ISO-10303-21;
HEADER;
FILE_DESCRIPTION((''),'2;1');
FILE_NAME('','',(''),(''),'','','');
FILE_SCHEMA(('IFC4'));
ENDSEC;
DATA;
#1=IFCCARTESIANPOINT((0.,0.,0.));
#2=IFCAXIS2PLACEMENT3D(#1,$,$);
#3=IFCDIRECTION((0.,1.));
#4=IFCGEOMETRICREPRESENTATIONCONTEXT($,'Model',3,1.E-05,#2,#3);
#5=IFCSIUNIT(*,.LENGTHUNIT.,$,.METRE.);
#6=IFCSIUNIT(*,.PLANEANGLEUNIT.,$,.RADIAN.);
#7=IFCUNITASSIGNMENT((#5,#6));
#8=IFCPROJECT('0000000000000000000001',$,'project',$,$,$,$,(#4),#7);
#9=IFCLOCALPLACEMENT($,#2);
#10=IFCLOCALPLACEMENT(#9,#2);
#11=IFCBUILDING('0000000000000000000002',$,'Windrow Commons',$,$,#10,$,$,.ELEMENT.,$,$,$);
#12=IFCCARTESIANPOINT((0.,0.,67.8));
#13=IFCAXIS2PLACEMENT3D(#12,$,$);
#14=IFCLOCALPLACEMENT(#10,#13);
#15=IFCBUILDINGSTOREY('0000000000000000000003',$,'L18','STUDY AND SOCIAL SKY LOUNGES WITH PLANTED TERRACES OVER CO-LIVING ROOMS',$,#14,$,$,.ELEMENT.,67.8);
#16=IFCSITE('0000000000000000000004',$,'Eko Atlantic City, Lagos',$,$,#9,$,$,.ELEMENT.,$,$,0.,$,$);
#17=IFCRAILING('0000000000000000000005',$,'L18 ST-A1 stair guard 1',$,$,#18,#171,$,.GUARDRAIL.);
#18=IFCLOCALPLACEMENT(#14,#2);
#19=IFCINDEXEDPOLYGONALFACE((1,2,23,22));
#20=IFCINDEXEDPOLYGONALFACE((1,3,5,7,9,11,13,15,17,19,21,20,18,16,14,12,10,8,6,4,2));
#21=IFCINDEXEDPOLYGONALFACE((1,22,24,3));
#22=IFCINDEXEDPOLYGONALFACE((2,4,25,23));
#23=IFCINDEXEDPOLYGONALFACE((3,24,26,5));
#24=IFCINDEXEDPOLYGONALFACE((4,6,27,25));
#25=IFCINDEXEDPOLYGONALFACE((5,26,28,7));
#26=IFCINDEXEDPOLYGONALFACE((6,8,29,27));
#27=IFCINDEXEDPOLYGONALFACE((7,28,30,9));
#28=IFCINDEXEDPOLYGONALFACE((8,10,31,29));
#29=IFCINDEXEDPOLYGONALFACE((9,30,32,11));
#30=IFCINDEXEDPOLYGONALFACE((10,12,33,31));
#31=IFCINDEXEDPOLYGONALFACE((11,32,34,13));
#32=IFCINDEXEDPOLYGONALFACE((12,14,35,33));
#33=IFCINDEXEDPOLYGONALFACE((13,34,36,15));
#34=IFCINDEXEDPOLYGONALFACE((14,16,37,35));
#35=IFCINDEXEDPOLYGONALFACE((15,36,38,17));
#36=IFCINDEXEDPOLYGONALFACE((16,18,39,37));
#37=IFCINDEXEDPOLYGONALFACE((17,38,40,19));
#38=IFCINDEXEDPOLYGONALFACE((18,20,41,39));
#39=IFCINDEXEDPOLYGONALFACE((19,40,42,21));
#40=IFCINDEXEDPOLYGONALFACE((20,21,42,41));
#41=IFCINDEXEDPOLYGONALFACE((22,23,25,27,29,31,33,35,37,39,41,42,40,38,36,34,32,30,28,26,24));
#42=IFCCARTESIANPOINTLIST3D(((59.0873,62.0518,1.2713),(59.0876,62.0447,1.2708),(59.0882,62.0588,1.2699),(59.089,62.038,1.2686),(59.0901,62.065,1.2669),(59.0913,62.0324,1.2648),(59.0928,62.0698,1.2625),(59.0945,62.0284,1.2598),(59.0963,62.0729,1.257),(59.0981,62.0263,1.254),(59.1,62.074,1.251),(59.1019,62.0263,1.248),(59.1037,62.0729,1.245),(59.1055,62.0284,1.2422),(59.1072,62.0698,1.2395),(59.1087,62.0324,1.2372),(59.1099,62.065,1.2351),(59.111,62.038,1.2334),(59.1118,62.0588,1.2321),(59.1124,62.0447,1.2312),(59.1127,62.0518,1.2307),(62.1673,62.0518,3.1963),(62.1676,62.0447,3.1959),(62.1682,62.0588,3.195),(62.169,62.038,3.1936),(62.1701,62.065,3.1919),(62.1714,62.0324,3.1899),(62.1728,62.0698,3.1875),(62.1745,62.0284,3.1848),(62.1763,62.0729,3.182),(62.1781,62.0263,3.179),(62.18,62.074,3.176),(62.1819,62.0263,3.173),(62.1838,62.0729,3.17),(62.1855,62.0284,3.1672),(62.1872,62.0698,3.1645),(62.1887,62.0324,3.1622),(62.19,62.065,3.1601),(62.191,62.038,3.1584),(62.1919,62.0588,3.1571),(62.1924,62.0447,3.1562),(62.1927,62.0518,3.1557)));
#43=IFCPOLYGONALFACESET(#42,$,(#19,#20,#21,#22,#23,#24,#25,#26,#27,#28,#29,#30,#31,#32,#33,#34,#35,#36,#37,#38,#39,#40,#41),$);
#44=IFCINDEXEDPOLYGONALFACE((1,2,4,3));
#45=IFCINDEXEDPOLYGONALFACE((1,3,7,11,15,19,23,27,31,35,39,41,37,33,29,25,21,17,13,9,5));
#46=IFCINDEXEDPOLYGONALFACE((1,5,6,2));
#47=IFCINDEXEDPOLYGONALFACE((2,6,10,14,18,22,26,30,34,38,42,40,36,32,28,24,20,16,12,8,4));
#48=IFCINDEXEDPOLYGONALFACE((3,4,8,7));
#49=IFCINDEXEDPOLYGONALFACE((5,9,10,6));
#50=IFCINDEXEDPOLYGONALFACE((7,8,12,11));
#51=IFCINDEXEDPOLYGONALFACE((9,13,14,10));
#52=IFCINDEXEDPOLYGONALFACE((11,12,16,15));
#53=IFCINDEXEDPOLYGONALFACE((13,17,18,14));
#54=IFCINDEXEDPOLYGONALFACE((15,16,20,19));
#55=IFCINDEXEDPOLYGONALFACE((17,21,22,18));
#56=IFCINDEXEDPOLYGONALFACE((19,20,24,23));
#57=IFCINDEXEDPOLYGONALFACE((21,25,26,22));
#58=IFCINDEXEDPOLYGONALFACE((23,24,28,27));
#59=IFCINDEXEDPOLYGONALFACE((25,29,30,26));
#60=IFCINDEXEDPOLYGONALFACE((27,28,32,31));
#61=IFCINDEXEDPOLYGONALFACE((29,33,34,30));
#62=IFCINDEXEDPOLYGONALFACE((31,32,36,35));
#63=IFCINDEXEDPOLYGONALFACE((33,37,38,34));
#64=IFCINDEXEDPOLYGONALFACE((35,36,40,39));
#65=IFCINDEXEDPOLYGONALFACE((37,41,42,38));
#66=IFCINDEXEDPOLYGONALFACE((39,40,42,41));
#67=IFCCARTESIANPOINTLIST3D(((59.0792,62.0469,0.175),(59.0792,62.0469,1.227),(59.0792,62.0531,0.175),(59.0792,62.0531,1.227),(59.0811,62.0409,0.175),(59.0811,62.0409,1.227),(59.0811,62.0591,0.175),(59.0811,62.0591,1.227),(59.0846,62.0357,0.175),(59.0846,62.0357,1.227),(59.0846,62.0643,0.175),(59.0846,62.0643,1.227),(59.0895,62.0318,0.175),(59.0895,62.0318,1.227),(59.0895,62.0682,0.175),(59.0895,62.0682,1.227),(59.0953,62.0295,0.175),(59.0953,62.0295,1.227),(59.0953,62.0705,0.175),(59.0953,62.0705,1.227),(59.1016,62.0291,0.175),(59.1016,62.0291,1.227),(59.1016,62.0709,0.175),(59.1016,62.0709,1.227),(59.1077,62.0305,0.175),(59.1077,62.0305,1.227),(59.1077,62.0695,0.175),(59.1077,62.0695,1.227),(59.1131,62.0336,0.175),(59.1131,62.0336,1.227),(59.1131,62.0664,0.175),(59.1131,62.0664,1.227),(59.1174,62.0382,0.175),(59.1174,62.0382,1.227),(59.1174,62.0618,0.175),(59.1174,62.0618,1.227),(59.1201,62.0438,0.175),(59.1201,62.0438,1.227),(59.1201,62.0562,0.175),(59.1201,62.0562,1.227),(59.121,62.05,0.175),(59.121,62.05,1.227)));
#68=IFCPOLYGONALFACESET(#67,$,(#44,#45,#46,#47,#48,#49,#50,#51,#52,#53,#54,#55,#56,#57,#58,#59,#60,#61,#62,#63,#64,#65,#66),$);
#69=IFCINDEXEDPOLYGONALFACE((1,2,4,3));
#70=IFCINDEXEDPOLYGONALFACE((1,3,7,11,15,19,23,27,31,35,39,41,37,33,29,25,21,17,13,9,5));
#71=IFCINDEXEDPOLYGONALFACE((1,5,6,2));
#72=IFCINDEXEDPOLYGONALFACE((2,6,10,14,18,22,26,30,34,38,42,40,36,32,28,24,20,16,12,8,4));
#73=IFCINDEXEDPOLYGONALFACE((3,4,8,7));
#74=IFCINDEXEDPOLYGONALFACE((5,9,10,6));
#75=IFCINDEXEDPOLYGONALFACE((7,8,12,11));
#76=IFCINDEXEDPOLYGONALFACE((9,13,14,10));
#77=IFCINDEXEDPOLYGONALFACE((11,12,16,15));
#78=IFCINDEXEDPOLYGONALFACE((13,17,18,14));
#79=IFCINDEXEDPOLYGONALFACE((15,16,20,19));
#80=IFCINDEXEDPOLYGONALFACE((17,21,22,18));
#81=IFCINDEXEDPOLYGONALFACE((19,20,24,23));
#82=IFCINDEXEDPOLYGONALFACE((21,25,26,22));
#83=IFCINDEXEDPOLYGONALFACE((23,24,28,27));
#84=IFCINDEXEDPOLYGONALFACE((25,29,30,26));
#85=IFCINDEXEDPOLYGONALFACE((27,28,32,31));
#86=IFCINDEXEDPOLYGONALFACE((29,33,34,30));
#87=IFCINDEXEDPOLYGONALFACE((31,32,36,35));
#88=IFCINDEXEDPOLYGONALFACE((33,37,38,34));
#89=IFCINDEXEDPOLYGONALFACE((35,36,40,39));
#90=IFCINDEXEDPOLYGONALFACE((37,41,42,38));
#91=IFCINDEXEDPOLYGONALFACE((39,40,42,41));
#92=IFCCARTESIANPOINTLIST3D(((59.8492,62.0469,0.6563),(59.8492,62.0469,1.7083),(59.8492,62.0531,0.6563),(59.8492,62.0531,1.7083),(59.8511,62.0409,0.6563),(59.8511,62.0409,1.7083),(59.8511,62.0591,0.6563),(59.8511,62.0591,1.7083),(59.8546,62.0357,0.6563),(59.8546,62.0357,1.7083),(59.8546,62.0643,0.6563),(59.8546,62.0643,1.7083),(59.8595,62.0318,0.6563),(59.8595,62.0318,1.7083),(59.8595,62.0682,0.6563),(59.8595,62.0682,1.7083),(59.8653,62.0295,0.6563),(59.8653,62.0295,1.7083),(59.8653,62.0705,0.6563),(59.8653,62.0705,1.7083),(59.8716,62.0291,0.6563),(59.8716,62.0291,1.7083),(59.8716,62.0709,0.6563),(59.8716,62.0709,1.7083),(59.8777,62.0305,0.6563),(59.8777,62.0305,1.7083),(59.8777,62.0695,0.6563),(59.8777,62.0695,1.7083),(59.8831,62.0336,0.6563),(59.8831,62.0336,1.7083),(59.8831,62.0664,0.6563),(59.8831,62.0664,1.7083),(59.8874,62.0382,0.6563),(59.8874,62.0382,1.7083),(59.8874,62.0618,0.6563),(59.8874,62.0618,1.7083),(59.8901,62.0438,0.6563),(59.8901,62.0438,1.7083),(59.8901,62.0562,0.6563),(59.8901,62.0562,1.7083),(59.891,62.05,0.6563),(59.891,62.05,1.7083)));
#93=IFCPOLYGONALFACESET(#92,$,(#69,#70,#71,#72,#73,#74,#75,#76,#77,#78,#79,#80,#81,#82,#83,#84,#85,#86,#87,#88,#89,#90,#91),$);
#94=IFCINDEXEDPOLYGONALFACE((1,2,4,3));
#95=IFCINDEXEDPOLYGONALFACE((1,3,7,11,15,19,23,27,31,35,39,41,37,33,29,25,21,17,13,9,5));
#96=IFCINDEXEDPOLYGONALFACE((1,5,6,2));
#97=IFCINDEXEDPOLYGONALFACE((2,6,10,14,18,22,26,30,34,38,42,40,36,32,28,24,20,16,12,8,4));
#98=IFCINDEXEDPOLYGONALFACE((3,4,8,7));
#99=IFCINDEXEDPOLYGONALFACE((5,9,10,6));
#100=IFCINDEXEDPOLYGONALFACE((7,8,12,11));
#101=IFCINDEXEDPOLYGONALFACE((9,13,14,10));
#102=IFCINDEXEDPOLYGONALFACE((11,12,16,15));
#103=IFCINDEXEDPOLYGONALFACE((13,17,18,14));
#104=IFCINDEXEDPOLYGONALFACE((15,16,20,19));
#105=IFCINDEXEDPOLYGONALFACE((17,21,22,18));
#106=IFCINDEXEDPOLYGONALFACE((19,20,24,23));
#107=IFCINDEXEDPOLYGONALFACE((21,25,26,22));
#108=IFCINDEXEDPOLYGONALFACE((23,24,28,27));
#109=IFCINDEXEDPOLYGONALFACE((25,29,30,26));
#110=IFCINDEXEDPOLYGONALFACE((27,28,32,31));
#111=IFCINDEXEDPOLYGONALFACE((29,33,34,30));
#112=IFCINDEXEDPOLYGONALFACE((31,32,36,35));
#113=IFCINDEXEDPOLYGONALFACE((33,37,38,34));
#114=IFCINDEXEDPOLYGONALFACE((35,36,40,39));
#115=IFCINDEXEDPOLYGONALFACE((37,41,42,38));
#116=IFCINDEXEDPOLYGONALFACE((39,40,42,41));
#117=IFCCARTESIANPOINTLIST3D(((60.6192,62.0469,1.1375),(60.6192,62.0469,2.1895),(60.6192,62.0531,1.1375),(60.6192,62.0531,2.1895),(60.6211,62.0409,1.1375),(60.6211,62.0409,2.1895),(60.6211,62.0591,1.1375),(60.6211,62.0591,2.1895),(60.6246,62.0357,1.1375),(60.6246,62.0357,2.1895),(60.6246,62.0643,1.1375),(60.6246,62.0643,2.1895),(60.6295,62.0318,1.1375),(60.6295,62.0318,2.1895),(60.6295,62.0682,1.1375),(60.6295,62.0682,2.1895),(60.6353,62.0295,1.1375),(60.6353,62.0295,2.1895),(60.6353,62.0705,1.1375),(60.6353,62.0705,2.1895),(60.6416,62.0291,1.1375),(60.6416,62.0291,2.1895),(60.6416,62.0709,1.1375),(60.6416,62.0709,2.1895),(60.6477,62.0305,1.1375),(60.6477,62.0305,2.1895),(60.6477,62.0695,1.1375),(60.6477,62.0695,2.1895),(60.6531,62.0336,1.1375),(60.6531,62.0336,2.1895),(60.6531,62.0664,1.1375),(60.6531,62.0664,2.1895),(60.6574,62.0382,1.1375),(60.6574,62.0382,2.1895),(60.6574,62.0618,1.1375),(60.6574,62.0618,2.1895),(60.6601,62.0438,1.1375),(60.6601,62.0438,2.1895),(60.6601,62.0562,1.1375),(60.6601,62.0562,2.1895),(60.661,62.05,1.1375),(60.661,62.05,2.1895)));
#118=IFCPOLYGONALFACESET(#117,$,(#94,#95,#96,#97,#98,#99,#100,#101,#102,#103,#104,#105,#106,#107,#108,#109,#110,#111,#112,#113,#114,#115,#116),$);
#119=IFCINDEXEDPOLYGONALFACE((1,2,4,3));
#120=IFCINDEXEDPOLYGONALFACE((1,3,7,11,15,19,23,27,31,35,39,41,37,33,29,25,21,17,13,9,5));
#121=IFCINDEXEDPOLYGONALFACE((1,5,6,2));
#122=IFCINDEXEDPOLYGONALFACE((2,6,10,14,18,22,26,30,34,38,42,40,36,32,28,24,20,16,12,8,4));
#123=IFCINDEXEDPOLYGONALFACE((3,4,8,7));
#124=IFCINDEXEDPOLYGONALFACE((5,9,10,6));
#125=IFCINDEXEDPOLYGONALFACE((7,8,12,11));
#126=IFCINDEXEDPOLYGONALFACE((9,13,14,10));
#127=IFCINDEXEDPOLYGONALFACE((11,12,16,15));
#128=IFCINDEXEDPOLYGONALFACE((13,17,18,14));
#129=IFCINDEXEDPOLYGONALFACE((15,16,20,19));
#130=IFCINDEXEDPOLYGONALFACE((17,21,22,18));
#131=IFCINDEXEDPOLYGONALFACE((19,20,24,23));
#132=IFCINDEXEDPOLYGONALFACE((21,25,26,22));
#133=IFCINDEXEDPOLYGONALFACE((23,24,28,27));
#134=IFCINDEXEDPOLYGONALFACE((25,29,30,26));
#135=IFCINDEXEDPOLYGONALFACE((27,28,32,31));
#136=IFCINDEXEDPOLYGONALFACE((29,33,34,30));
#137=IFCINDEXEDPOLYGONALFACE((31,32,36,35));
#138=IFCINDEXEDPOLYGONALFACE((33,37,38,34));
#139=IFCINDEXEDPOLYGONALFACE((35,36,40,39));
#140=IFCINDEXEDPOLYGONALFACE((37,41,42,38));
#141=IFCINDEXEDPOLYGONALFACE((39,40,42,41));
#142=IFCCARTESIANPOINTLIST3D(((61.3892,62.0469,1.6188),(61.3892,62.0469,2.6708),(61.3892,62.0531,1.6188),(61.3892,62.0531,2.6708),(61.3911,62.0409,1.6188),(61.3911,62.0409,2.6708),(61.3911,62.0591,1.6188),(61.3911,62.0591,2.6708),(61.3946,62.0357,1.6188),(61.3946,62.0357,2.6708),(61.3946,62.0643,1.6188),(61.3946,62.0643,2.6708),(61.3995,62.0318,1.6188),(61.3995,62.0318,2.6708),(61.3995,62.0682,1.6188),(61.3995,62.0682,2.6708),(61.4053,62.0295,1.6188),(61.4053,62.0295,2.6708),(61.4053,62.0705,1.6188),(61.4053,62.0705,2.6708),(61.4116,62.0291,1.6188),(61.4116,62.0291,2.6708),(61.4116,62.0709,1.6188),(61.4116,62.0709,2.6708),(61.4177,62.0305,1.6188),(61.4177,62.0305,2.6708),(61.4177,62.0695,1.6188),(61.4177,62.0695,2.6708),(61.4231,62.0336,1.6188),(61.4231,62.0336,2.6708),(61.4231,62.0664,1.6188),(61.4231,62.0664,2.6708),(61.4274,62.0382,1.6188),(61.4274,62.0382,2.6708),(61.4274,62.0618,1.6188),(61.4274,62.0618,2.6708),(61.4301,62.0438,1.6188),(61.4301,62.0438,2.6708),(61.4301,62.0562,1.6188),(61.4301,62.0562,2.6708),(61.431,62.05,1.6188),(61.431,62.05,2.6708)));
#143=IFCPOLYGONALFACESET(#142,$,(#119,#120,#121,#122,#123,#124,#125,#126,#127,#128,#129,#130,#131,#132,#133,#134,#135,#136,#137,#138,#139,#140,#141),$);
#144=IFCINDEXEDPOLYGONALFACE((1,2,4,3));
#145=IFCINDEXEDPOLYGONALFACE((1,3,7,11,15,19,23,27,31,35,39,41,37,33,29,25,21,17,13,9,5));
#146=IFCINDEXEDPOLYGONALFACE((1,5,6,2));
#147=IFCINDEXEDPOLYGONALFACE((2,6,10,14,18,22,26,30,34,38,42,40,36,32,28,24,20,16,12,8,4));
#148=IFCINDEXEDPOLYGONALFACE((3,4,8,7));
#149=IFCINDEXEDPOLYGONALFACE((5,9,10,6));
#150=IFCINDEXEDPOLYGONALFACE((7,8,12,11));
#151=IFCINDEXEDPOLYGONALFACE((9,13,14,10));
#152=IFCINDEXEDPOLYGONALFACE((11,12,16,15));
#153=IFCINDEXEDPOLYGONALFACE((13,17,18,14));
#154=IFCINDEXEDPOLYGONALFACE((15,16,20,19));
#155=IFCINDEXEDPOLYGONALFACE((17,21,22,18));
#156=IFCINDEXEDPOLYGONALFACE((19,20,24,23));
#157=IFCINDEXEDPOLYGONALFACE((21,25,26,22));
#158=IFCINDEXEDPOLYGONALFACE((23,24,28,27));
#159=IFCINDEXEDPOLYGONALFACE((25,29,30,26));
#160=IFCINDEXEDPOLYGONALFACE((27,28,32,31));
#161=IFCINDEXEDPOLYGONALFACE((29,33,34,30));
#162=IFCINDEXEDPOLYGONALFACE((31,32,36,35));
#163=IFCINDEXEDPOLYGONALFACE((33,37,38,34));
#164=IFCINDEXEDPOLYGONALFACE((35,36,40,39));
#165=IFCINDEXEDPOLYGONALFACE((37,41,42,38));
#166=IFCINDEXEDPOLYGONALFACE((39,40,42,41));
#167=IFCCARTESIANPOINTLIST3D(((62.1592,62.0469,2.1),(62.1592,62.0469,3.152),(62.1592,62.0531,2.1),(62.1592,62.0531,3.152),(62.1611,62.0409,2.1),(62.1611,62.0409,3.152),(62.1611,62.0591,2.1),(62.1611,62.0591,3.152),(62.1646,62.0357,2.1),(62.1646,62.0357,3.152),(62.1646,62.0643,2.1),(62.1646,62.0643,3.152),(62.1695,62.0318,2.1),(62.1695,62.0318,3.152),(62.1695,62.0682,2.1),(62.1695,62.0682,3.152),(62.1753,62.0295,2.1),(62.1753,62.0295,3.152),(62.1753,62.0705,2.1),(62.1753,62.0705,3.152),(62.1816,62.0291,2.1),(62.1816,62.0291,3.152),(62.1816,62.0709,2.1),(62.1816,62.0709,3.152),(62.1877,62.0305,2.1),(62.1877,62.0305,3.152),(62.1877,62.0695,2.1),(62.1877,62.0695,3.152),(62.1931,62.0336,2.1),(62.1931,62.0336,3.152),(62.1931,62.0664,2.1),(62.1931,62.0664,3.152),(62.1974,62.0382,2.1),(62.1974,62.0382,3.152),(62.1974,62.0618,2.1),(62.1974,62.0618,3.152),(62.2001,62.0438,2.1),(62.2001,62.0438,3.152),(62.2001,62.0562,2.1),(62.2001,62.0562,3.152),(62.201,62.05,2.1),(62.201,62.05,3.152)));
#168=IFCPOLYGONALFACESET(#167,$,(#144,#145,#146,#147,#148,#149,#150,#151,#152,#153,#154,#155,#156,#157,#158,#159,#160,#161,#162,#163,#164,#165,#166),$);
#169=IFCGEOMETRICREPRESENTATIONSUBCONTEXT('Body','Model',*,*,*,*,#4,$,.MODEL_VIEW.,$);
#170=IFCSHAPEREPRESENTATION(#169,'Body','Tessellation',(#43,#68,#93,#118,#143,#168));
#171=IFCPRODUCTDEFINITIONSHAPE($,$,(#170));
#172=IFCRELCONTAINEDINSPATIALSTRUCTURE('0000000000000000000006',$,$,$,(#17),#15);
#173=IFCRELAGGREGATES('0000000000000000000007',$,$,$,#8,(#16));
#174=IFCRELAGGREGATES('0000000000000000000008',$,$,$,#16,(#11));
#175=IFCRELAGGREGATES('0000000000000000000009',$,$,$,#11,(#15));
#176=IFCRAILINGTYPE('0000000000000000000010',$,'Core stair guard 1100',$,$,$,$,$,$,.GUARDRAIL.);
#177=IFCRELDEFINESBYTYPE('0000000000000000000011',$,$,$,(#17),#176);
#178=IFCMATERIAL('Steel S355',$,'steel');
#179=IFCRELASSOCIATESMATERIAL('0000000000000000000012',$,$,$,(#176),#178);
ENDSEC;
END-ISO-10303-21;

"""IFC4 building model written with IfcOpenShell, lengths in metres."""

from ifc_helpers import new_model, si_unit, direction, frame, origin, origin_2d, place, context, subcontext, project, spatial, circle, extrude, material, type_object, element, save


model = new_model("IFC4")

# Units and contexts
model_context = context("Model", 3, precision=1e-05, world=origin(), true_north=direction((0.0, 1.0)))
body_context = subcontext(model_context, "Body", "Model", "MODEL_VIEW")
ifc_project = project(units=[si_unit("LENGTHUNIT", "METRE"), si_unit("PLANEANGLEUNIT", "RADIAN")], contexts=[model_context])

# Site, building, storey
site_placement = place(None, origin())
site = spatial("IfcSite", under=ifc_project, at=site_placement, Name="Eko Atlantic City, Lagos", CompositionType="ELEMENT", RefElevation=0.0)
building_placement = place(site_placement, origin())
building = spatial("IfcBuilding", under=site, at=building_placement, Name="Windrow Commons", CompositionType="ELEMENT")
storey_placement = place(building_placement, frame((0.0, 0.0, 67.8)))
storey = spatial("IfcBuildingStorey", under=building, at=storey_placement, Name="L18", Description="STUDY AND SOCIAL SKY LOUNGES WITH PLANTED TERRACES OVER CO-LIVING ROOMS", CompositionType="ELEMENT", Elevation=67.8)

# Railing
ifc_material_1 = material(Name="Steel S355", Category="steel")
railing_type_1 = type_object("IfcRailingType", Name="Core stair guard 1100", PredefinedType="GUARDRAIL", material=ifc_material_1)
railing_1_placement = place(storey_placement, frame((59.1, 62.05, 0.175)))
element("IfcRailing", 1, at=railing_1_placement, inside=storey, type_object=railing_type_1, Name="L18 ST-A1 stair guard 1", PredefinedType="GUARDRAIL", context=body_context, shape_type="SweptSolid", body=[
    extrude(circle(Radius=0.024, at=origin_2d()), frame((0.0, 0.0, 1.076), z_axis=(0.847998, 0.0, 0.529999), x_axis=(0.0, 1.0, 0.0)), (0.0, 0.0, 1.0), 3.6321),
    extrude(circle(Radius=0.021, at=origin_2d()), origin(), (0.0, 0.0, 1.0), 1.052),
    extrude(circle(Radius=0.021, at=origin_2d()), frame((0.77, 0.0, 0.4813)), (0.0, 0.0, 1.0), 1.052),
    extrude(circle(Radius=0.021, at=origin_2d()), frame((1.54, 0.0, 0.9625)), (0.0, 0.0, 1.0), 1.052),
    extrude(circle(Radius=0.021, at=origin_2d()), frame((2.31, 0.0, 1.4438)), (0.0, 0.0, 1.0), 1.052),
    extrude(circle(Radius=0.021, at=origin_2d()), frame((3.08, 0.0, 1.925)), (0.0, 0.0, 1.0), 1.052),
])

save(model, "model.ifc")
